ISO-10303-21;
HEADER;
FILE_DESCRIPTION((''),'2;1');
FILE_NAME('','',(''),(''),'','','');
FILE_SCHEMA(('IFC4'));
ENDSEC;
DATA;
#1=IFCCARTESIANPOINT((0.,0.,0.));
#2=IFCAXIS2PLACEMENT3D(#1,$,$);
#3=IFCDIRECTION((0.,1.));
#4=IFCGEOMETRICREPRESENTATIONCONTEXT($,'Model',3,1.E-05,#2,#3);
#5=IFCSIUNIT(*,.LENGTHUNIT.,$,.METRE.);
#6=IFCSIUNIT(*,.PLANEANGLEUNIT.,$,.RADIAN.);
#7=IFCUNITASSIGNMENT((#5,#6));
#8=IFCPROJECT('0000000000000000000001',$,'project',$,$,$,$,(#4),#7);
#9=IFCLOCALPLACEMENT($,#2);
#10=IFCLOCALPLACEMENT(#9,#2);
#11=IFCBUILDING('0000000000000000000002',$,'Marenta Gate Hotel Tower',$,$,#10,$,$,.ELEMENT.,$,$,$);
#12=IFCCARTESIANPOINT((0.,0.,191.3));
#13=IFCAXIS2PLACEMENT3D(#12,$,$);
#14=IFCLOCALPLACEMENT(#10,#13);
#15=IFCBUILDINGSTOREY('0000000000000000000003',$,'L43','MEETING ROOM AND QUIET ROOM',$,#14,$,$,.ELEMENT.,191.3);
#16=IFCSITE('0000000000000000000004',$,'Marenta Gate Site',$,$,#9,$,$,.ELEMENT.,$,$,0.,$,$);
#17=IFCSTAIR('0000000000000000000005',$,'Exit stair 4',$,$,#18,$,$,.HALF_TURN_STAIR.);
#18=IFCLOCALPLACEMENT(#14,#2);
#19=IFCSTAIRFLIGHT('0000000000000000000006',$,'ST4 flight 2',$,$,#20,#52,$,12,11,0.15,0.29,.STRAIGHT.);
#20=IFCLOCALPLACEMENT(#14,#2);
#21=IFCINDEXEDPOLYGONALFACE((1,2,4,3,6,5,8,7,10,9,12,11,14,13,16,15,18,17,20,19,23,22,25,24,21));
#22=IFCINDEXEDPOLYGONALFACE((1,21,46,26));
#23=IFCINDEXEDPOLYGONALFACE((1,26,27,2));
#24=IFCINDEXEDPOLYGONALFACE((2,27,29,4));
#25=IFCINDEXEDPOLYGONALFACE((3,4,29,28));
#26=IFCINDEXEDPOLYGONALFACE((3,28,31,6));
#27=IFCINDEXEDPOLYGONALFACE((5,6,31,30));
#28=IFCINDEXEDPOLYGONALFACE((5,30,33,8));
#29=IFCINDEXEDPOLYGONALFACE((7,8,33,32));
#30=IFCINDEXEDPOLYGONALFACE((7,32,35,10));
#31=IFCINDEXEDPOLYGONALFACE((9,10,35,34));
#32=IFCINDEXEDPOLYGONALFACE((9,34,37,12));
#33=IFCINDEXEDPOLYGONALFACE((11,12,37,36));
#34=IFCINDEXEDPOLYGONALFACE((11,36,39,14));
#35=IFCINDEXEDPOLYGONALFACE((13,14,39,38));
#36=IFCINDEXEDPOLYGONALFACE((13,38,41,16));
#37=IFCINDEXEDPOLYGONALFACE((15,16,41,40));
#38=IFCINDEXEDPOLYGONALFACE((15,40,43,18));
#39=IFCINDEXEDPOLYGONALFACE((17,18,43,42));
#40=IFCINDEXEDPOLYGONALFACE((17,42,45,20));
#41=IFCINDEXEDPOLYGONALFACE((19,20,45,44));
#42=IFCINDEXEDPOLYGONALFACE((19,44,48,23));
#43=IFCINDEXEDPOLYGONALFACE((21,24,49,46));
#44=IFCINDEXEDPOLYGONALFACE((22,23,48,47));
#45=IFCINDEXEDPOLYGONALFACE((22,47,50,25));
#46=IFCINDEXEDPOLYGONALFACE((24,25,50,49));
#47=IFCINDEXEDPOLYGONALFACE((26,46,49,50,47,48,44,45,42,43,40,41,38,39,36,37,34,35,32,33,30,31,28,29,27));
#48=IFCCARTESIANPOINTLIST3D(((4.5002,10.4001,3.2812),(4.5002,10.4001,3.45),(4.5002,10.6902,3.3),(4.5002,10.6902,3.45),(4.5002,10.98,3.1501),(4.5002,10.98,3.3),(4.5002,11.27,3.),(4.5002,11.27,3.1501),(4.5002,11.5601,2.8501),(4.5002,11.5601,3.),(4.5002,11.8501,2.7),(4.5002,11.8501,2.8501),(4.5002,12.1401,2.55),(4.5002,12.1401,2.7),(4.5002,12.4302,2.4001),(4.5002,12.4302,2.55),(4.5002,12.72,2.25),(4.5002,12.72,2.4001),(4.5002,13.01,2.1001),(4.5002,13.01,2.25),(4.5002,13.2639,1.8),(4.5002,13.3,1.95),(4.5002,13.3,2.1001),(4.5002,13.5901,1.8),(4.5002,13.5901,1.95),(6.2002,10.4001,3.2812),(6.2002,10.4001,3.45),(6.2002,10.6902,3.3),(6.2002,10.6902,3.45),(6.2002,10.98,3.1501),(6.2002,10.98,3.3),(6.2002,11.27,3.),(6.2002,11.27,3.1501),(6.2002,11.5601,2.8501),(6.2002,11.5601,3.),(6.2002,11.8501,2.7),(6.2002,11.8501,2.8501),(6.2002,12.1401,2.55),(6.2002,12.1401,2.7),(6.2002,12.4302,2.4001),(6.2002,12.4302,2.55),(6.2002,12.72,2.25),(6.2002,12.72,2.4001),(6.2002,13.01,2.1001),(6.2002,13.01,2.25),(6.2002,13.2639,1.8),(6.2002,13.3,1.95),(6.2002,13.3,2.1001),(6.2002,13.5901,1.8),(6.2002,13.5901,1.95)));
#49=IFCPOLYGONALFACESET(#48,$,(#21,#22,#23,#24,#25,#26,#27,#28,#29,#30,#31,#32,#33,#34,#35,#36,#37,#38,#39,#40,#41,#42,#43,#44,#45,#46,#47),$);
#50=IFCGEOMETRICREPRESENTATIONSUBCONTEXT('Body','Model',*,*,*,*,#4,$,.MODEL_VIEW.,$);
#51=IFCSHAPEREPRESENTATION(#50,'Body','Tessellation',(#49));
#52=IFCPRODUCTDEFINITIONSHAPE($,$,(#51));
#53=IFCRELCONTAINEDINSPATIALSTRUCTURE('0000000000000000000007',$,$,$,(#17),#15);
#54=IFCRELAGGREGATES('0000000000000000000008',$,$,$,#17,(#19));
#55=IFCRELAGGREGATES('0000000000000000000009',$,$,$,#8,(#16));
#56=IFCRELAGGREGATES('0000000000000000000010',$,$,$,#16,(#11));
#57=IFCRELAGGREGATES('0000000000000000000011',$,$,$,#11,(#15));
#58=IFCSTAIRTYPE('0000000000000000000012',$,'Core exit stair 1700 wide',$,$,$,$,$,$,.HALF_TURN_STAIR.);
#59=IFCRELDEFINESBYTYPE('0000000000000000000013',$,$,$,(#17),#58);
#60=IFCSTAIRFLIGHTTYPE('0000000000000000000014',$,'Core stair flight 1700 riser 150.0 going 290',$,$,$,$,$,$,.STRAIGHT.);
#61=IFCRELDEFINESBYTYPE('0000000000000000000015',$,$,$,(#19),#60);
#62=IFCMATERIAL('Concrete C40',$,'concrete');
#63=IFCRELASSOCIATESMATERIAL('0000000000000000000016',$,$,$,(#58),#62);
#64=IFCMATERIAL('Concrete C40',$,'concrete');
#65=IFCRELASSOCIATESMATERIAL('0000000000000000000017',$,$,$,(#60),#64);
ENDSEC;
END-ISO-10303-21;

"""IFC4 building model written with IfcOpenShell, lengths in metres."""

from ifc_helpers import new_model, si_unit, direction, frame, origin, place, context, subcontext, project, spatial, polyline, outline, extrude, material, type_object, element, aggregate, save


model = new_model("IFC4")

# Units and contexts
model_context = context("Model", 3, precision=1e-05, world=origin(), true_north=direction((0.0, 1.0)))
body_context = subcontext(model_context, "Body", "Model", "MODEL_VIEW")
ifc_project = project(units=[si_unit("LENGTHUNIT", "METRE"), si_unit("PLANEANGLEUNIT", "RADIAN")], contexts=[model_context])

# Site, building, storey
site_placement = place(None, origin())
site = spatial("IfcSite", under=ifc_project, at=site_placement, Name="Marenta Gate Site", CompositionType="ELEMENT", RefElevation=0.0)
building_placement = place(site_placement, origin())
building = spatial("IfcBuilding", under=site, at=building_placement, Name="Marenta Gate Hotel Tower", CompositionType="ELEMENT")
storey_placement = place(building_placement, frame((0.0, 0.0, 191.3)))
storey = spatial("IfcBuildingStorey", under=building, at=storey_placement, Name="L43", Description="MEETING ROOM AND QUIET ROOM", CompositionType="ELEMENT", Elevation=191.3)

# Stair, stair flight
ifc_material_1 = material(Name="Concrete C40", Category="concrete")
stair_type = type_object("IfcStairType", Name="Core exit stair 1700 wide", PredefinedType="HALF_TURN_STAIR", material=ifc_material_1)
stair_placement = place(storey_placement, origin())
stair = element("IfcStair", 1, at=stair_placement, inside=storey, type_object=stair_type, Name="Exit stair 4", PredefinedType="HALF_TURN_STAIR")
ifc_material_2 = material(Name="Concrete C40", Category="concrete")
stair_flight_type = type_object("IfcStairFlightType", Name="Core stair flight 1700 riser 150.0 going 290", PredefinedType="STRAIGHT", material=ifc_material_2)
stair_flight_1_placement = place(storey_placement, frame((5.3501, 13.5901, 1.8), z_axis=(0.0, 0.0, 1.0), x_axis=(0.0, -1.0, 0.0)))
stair_flight_1 = element("IfcStairFlight", 2, at=stair_flight_1_placement, type_object=stair_flight_type, Name="ST4 flight 2", NumberOfRisers=12, NumberOfTreads=11, PredefinedType="STRAIGHT", RiserHeight=0.15, TreadLength=0.29, context=body_context, shape_type="SweptSolid", body=[
    extrude(outline(polyline([(0.0, 0.0), (0.0, 0.1499), (0.29, 0.1499), (0.29, 0.3), (0.5801, 0.3), (0.5801, 0.45), (0.8701, 0.45), (0.8701, 0.6001), (1.1599, 0.6001), (1.1599, 0.75), (1.45, 0.75), (1.45, 0.8999), (1.74, 0.8999), (1.74, 1.05), (2.03, 1.05), (2.03, 1.2), (2.3201, 1.2), (2.3201, 1.3501), (2.6101, 1.3501), (2.6101, 1.5), (2.8999, 1.5), (2.8999, 1.6499), (3.1899, 1.6499), (3.1899, 1.8), (3.1899, 1.4812), (0.3262, 0.0), (0.0, 0.0)])), frame((0.0, 0.8501, 0.0), z_axis=(0.0, -1.0, 0.0), x_axis=(1.0, 0.0, 0.0)), (0.0, 0.0, 1.0), 1.7),
])
aggregate(stair, [stair_flight_1])

save(model, "model.ifc")
